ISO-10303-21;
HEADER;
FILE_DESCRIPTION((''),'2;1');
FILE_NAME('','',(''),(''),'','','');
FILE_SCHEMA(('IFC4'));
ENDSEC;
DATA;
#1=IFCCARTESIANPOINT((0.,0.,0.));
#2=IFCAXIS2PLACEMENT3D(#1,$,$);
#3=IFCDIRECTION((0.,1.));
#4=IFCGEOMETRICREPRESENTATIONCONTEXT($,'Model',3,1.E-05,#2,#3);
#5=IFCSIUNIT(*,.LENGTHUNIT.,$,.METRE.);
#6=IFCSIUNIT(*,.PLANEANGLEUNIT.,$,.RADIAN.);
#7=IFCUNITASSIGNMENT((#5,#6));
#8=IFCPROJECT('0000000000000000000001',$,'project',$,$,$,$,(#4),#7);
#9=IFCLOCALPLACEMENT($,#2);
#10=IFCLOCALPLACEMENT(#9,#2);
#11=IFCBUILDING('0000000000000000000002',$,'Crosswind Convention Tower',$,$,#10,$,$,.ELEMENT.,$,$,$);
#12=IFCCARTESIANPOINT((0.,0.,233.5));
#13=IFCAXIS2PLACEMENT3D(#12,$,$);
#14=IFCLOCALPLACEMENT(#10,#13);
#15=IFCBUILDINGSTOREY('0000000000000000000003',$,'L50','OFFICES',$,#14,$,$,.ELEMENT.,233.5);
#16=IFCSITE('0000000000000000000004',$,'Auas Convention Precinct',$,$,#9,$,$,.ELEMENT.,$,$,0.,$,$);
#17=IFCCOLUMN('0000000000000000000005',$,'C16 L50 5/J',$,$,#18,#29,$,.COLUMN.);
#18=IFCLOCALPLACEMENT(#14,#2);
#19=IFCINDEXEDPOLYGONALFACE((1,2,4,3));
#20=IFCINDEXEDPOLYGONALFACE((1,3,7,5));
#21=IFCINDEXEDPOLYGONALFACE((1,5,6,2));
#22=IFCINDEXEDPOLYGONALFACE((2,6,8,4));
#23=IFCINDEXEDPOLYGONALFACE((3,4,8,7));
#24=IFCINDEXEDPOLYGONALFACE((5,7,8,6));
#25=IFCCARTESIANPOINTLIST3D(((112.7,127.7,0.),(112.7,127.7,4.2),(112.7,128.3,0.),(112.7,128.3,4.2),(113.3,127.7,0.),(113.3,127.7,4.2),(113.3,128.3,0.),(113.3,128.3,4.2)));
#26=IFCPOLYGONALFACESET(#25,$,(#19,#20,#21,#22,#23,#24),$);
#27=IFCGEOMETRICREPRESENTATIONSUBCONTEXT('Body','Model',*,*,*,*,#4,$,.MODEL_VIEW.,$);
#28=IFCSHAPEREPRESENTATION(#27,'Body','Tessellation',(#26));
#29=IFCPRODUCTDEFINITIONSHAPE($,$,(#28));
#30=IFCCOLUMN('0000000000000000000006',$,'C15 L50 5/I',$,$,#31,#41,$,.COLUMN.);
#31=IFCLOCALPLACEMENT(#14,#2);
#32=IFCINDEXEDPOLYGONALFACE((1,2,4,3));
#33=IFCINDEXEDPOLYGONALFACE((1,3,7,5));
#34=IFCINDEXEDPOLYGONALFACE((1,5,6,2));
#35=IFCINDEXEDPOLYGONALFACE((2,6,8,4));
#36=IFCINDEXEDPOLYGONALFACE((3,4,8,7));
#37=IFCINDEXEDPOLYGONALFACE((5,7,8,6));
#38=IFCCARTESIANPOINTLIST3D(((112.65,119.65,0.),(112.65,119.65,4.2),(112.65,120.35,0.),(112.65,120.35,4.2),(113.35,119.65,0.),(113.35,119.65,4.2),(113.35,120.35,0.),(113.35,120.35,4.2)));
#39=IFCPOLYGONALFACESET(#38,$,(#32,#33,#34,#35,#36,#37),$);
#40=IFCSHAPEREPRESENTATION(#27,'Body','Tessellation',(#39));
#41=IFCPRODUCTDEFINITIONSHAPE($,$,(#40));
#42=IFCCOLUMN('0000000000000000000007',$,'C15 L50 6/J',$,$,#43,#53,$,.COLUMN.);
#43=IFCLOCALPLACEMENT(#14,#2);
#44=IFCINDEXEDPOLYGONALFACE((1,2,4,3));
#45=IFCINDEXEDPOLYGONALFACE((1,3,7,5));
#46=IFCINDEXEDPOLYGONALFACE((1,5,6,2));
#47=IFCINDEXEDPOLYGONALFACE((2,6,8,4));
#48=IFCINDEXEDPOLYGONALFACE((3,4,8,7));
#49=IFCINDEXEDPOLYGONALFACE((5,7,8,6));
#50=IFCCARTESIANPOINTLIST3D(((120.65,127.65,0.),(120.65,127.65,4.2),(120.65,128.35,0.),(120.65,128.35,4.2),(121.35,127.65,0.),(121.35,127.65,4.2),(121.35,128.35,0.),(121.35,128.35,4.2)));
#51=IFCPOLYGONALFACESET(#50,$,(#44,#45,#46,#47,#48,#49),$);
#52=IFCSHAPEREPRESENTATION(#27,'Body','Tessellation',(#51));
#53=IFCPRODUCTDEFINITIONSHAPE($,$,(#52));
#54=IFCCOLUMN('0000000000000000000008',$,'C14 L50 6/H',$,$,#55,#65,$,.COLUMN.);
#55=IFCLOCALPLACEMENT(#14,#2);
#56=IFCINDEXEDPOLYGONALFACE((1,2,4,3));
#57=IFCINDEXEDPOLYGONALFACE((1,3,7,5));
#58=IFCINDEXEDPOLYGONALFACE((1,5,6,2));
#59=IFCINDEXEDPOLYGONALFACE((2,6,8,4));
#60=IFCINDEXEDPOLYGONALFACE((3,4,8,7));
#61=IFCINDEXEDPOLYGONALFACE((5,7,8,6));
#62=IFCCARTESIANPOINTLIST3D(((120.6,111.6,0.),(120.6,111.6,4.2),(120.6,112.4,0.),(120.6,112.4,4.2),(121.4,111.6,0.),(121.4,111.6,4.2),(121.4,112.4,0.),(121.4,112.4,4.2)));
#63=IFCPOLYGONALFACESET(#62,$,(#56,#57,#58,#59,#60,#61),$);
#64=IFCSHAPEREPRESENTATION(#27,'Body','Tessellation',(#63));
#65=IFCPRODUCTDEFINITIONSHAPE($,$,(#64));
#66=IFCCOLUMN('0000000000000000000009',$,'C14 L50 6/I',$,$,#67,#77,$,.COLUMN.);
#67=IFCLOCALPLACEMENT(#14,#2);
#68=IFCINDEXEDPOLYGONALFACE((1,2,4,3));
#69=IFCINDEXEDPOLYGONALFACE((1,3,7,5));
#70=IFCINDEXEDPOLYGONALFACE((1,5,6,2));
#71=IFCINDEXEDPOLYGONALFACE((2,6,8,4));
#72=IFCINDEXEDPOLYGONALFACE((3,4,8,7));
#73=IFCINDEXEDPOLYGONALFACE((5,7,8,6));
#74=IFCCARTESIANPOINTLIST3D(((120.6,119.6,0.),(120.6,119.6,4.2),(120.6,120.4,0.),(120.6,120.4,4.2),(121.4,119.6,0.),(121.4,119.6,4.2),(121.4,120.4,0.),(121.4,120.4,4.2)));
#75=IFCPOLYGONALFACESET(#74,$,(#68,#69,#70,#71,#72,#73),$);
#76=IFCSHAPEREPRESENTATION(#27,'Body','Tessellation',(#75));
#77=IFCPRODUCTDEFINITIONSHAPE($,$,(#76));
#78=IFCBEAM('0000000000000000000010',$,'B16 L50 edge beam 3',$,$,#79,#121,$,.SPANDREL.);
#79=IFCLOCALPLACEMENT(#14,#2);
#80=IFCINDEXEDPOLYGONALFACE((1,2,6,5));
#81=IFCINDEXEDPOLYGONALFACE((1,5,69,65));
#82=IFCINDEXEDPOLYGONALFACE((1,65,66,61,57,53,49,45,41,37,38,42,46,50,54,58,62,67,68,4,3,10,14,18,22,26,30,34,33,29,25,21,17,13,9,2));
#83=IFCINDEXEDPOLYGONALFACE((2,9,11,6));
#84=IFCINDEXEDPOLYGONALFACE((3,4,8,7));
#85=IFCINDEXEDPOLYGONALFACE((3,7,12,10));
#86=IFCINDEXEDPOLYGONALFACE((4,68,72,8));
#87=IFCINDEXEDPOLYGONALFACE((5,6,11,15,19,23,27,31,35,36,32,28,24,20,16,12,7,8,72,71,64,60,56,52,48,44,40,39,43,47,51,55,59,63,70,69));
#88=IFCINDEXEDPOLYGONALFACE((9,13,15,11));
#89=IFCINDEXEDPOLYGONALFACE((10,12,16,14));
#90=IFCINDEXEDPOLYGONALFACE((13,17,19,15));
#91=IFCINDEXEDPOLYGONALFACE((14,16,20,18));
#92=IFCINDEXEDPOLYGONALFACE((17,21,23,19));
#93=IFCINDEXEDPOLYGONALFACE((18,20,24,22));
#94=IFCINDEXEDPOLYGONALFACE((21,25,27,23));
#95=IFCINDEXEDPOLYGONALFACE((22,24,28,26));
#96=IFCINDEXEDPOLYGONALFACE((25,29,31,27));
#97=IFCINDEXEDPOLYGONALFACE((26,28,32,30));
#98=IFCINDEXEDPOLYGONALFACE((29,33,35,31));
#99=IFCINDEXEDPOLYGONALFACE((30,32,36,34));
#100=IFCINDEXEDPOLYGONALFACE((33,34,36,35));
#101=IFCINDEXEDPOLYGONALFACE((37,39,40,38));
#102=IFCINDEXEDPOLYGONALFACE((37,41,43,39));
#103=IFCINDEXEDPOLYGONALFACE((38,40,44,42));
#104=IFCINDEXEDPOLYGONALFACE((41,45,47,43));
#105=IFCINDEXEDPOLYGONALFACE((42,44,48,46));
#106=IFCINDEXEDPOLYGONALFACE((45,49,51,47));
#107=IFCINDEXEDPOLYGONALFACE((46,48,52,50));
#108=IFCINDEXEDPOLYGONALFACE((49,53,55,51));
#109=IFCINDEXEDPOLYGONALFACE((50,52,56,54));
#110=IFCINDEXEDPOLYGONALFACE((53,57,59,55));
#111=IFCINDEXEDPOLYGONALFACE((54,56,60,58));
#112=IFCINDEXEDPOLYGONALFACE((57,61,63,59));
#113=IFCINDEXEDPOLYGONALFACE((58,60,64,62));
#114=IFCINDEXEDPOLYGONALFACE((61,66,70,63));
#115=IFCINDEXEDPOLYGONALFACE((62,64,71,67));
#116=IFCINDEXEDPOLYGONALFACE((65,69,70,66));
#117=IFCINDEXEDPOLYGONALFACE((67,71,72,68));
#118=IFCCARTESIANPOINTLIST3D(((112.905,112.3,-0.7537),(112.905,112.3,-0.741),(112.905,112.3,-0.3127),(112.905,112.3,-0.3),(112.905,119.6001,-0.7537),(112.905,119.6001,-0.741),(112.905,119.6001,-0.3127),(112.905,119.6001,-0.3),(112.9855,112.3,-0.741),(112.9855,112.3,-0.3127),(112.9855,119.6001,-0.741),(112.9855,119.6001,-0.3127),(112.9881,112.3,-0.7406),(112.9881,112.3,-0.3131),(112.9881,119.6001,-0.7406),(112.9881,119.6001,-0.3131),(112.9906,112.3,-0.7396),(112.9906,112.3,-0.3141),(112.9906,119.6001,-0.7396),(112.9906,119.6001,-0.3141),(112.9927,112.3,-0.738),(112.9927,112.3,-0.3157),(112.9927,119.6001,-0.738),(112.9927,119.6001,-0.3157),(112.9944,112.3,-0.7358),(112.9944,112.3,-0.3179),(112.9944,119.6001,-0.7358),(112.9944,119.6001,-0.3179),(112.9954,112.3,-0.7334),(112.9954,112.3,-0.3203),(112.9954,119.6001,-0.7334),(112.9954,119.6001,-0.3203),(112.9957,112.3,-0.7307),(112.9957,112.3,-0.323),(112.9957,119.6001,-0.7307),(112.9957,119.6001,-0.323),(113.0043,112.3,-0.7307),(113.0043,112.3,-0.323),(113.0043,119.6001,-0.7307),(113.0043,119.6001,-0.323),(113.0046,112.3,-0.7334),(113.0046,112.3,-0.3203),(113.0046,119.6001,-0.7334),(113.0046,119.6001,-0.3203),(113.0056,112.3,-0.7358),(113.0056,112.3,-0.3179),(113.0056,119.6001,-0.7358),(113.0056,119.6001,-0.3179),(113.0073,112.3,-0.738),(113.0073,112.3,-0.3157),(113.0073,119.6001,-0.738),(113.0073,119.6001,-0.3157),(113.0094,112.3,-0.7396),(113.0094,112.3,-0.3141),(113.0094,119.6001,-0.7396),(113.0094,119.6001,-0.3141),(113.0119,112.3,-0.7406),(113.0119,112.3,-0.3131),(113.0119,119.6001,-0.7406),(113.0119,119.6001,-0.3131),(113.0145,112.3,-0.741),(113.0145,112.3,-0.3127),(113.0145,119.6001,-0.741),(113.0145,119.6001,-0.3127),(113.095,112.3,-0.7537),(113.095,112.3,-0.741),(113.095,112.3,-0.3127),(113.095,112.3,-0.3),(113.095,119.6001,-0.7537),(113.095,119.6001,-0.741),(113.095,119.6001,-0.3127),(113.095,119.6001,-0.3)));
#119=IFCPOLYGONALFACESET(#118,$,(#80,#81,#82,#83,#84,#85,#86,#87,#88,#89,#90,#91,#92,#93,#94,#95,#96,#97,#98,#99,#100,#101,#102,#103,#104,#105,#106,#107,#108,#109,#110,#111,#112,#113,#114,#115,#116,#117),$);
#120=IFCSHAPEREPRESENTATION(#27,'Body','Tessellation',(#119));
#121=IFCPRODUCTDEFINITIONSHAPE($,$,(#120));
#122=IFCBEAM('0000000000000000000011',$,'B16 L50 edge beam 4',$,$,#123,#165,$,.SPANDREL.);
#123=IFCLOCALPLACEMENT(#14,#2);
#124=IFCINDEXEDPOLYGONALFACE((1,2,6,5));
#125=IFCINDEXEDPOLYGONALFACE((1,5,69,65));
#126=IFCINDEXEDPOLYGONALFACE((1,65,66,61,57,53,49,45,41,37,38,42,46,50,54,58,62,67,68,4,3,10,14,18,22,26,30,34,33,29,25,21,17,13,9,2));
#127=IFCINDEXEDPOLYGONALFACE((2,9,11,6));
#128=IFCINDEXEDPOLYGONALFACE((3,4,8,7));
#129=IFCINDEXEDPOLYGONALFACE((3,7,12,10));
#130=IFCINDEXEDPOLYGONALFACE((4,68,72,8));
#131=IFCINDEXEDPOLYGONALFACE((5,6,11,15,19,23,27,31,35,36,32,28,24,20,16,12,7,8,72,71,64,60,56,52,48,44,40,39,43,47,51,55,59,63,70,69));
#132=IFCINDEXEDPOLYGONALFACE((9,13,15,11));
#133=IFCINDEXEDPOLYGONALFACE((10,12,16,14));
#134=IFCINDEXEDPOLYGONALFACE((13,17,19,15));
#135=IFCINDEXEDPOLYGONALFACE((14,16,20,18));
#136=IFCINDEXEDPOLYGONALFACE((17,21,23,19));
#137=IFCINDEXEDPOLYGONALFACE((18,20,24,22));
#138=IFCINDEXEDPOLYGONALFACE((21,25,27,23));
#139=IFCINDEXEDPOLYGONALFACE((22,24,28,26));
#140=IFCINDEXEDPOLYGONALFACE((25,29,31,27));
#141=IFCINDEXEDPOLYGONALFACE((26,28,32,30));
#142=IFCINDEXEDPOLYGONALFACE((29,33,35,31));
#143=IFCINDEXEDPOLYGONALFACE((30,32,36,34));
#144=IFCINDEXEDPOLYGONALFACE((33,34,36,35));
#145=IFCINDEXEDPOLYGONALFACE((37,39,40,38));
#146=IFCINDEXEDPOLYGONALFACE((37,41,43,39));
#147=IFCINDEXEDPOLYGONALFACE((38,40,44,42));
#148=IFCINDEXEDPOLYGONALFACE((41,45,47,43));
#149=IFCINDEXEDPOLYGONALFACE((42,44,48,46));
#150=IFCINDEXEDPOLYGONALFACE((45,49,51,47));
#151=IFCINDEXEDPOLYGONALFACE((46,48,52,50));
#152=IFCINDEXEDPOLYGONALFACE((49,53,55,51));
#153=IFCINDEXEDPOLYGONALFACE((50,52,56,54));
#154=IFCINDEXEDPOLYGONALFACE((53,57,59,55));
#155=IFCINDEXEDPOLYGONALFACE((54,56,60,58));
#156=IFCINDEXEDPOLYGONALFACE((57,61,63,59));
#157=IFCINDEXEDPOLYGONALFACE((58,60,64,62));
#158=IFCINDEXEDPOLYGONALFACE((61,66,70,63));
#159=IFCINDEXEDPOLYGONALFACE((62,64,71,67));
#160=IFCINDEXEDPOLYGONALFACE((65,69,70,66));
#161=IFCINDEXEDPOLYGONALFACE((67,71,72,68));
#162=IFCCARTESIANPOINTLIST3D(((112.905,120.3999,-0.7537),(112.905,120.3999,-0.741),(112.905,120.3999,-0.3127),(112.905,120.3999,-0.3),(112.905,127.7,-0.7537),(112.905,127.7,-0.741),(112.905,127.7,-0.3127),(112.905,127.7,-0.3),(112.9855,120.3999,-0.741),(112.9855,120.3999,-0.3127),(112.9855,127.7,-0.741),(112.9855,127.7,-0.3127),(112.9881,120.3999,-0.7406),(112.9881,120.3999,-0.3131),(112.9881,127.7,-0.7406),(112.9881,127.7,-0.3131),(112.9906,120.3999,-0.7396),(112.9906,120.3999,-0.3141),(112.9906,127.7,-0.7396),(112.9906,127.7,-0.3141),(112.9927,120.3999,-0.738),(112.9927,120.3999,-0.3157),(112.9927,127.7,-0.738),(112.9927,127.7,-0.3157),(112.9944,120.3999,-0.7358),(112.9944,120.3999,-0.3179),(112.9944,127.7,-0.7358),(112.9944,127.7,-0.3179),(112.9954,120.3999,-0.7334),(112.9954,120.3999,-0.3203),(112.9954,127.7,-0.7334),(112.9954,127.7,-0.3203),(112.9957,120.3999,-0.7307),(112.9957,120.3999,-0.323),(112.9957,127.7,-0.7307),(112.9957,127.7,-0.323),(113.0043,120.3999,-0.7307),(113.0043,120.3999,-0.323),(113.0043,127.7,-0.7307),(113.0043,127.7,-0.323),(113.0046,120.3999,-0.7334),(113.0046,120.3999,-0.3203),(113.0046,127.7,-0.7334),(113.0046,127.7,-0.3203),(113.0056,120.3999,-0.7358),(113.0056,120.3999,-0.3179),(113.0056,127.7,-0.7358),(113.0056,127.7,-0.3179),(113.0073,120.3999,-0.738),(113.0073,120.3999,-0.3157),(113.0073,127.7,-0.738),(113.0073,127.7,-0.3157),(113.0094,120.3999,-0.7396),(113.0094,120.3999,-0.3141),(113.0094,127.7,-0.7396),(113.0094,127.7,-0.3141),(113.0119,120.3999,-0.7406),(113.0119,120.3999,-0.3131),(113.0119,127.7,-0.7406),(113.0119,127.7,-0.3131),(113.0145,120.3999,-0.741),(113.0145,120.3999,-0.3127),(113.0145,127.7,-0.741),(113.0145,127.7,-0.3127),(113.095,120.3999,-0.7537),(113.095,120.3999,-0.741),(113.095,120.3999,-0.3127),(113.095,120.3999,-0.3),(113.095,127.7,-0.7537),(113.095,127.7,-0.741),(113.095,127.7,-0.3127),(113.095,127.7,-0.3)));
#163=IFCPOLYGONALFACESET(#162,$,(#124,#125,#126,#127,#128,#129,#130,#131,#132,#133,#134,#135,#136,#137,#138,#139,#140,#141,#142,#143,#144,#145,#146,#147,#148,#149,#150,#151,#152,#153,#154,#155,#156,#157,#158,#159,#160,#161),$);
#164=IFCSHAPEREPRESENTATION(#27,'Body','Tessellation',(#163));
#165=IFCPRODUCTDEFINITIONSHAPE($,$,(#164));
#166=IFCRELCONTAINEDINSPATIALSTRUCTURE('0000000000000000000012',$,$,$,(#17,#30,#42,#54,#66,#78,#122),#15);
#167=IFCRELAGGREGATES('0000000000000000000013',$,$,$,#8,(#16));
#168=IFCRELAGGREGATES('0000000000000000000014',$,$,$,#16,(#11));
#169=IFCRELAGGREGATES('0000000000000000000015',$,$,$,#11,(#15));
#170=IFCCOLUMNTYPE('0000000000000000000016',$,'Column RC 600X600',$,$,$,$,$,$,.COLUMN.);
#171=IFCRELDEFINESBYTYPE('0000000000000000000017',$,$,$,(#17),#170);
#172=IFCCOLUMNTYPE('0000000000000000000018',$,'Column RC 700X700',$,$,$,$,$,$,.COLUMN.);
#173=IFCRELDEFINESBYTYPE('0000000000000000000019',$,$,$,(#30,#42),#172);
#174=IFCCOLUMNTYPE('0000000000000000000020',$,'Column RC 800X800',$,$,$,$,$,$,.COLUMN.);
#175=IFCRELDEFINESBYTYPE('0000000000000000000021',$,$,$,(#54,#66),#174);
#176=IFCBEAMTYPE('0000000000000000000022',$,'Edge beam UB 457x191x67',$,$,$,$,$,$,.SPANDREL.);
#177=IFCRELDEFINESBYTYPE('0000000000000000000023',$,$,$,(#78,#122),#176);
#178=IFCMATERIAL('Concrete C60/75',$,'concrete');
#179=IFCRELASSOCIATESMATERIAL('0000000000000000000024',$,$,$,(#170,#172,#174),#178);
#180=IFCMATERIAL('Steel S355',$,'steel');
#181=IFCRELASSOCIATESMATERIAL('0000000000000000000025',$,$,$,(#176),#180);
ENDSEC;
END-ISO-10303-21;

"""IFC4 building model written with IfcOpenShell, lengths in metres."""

from ifc_helpers import new_model, si_unit, direction, frame, origin, origin_2d, place, context, subcontext, project, spatial, rectangle, i_section, extrude, material, material_profile, profile_set, type_object, element, save


model = new_model("IFC4")

# Units and contexts
model_context = context("Model", 3, precision=1e-05, world=origin(), true_north=direction((0.0, 1.0)))
body_context = subcontext(model_context, "Body", "Model", "MODEL_VIEW")
ifc_project = project(units=[si_unit("LENGTHUNIT", "METRE"), si_unit("PLANEANGLEUNIT", "RADIAN")], contexts=[model_context])

# Site, building, storey
site_placement = place(None, origin())
site = spatial("IfcSite", under=ifc_project, at=site_placement, Name="Auas Convention Precinct", CompositionType="ELEMENT", RefElevation=0.0)
building_placement = place(site_placement, origin())
building = spatial("IfcBuilding", under=site, at=building_placement, Name="Crosswind Convention Tower", CompositionType="ELEMENT")
storey_placement = place(building_placement, frame((0.0, 0.0, 233.5)))
storey = spatial("IfcBuildingStorey", under=building, at=storey_placement, Name="L50", Description="OFFICES", CompositionType="ELEMENT", Elevation=233.5)

# Columns
ifc_material_1 = material(Name="Concrete C60/75", Category="concrete")
ifc_material_profile_1 = material_profile(ifc_material_1, rectangle(XDim=0.6001, YDim=0.6001, at=origin_2d()), Name="RC 600X600")
ifc_profile_set_1 = profile_set([ifc_material_profile_1], Name="Concrete C60/75")
column_type_1 = type_object("IfcColumnType", Name="Column RC 600X600", PredefinedType="COLUMN", material=ifc_profile_set_1)
column_placement = place(storey_placement, frame((113.0, 128.0, 0.0), z_axis=(0.0, 0.0, 1.0), x_axis=(1.0, 0.0, 0.0)))
element("IfcColumn", 1, at=column_placement, inside=storey, type_object=column_type_1, Name="C16 L50 5/J", PredefinedType="COLUMN", context=body_context, shape_type="SweptSolid", body=[
    extrude(rectangle(XDim=0.6001, YDim=0.6001, at=origin_2d()), origin(), (0.0, 0.0, 1.0), 4.2),
])
ifc_material_profile_2 = material_profile(ifc_material_1, rectangle(XDim=0.7, YDim=0.7, at=origin_2d()), Name="RC 700X700")
ifc_profile_set_2 = profile_set([ifc_material_profile_2], Name="Concrete C60/75")
column_type_2 = type_object("IfcColumnType", Name="Column RC 700X700", PredefinedType="COLUMN", material=ifc_profile_set_2)
for number, where, z_axis, x_axis, name in (
    (2, (113.0, 120.0, 0.0), (0.0, 0.0, 1.0), (1.0, 0.0, 0.0), "C15 L50 5/I"),
    (3, (121.0, 128.0, 0.0), (0.0, 0.0, 1.0), (1.0, 0.0, 0.0), "C15 L50 6/J"),
):
    element("IfcColumn", number, at=place(storey_placement, frame(where, z_axis=z_axis, x_axis=x_axis)), inside=storey, type_object=column_type_2, Name=name, PredefinedType="COLUMN", context=body_context, shape_type="SweptSolid", body=[
        extrude(rectangle(XDim=0.7, YDim=0.7, at=origin_2d()), origin(), (0.0, 0.0, 1.0), 4.2),
    ])
ifc_material_profile_3 = material_profile(ifc_material_1, rectangle(XDim=0.8, YDim=0.8, at=origin_2d()), Name="RC 800X800")
ifc_profile_set_3 = profile_set([ifc_material_profile_3], Name="Concrete C60/75")
column_type_3 = type_object("IfcColumnType", Name="Column RC 800X800", PredefinedType="COLUMN", material=ifc_profile_set_3)
for number, where, z_axis, x_axis, name in (
    (4, (121.0, 112.0, 0.0), (0.0, 0.0, 1.0), (1.0, 0.0, 0.0), "C14 L50 6/H"),
    (5, (121.0, 120.0, 0.0), (0.0, 0.0, 1.0), (1.0, 0.0, 0.0), "C14 L50 6/I"),
):
    element("IfcColumn", number, at=place(storey_placement, frame(where, z_axis=z_axis, x_axis=x_axis)), inside=storey, type_object=column_type_3, Name=name, PredefinedType="COLUMN", context=body_context, shape_type="SweptSolid", body=[
        extrude(rectangle(XDim=0.8, YDim=0.8, at=origin_2d()), origin(), (0.0, 0.0, 1.0), 4.2),
    ])

# Beams
ifc_material_2 = material(Name="Steel S355", Category="steel")
ifc_material_profile_4 = material_profile(ifc_material_2, i_section(OverallWidth=0.1899, OverallDepth=0.4536, WebThickness=0.0085, FlangeThickness=0.0127, FilletRadius=0.0103, at=origin_2d()), Name="UB 457x191x67")
ifc_profile_set_4 = profile_set([ifc_material_profile_4], Name="Steel S355")
beam_type_1 = type_object("IfcBeamType", Name="Edge beam UB 457x191x67", PredefinedType="SPANDREL", material=ifc_profile_set_4)
for number, where, z_axis, x_axis, name in (
    (6, (113.0, 112.3, -0.5269), (0.0, 1.0, 0.0), (-1.0, 0.0, 0.0), "B16 L50 edge beam 3"),
    (7, (113.0, 120.3999, -0.5269), (0.0, 1.0, 0.0), (-1.0, 0.0, 0.0), "B16 L50 edge beam 4"),
):
    element("IfcBeam", number, at=place(storey_placement, frame(where, z_axis=z_axis, x_axis=x_axis)), inside=storey, type_object=beam_type_1, Name=name, PredefinedType="SPANDREL", context=body_context, shape_type="SweptSolid", body=[
        extrude(i_section(OverallWidth=0.1899, OverallDepth=0.4536, WebThickness=0.0085, FlangeThickness=0.0127, FilletRadius=0.0103, at=origin_2d()), origin(), (0.0, 0.0, 1.0), 7.3),
    ])

save(model, "model.ifc")
